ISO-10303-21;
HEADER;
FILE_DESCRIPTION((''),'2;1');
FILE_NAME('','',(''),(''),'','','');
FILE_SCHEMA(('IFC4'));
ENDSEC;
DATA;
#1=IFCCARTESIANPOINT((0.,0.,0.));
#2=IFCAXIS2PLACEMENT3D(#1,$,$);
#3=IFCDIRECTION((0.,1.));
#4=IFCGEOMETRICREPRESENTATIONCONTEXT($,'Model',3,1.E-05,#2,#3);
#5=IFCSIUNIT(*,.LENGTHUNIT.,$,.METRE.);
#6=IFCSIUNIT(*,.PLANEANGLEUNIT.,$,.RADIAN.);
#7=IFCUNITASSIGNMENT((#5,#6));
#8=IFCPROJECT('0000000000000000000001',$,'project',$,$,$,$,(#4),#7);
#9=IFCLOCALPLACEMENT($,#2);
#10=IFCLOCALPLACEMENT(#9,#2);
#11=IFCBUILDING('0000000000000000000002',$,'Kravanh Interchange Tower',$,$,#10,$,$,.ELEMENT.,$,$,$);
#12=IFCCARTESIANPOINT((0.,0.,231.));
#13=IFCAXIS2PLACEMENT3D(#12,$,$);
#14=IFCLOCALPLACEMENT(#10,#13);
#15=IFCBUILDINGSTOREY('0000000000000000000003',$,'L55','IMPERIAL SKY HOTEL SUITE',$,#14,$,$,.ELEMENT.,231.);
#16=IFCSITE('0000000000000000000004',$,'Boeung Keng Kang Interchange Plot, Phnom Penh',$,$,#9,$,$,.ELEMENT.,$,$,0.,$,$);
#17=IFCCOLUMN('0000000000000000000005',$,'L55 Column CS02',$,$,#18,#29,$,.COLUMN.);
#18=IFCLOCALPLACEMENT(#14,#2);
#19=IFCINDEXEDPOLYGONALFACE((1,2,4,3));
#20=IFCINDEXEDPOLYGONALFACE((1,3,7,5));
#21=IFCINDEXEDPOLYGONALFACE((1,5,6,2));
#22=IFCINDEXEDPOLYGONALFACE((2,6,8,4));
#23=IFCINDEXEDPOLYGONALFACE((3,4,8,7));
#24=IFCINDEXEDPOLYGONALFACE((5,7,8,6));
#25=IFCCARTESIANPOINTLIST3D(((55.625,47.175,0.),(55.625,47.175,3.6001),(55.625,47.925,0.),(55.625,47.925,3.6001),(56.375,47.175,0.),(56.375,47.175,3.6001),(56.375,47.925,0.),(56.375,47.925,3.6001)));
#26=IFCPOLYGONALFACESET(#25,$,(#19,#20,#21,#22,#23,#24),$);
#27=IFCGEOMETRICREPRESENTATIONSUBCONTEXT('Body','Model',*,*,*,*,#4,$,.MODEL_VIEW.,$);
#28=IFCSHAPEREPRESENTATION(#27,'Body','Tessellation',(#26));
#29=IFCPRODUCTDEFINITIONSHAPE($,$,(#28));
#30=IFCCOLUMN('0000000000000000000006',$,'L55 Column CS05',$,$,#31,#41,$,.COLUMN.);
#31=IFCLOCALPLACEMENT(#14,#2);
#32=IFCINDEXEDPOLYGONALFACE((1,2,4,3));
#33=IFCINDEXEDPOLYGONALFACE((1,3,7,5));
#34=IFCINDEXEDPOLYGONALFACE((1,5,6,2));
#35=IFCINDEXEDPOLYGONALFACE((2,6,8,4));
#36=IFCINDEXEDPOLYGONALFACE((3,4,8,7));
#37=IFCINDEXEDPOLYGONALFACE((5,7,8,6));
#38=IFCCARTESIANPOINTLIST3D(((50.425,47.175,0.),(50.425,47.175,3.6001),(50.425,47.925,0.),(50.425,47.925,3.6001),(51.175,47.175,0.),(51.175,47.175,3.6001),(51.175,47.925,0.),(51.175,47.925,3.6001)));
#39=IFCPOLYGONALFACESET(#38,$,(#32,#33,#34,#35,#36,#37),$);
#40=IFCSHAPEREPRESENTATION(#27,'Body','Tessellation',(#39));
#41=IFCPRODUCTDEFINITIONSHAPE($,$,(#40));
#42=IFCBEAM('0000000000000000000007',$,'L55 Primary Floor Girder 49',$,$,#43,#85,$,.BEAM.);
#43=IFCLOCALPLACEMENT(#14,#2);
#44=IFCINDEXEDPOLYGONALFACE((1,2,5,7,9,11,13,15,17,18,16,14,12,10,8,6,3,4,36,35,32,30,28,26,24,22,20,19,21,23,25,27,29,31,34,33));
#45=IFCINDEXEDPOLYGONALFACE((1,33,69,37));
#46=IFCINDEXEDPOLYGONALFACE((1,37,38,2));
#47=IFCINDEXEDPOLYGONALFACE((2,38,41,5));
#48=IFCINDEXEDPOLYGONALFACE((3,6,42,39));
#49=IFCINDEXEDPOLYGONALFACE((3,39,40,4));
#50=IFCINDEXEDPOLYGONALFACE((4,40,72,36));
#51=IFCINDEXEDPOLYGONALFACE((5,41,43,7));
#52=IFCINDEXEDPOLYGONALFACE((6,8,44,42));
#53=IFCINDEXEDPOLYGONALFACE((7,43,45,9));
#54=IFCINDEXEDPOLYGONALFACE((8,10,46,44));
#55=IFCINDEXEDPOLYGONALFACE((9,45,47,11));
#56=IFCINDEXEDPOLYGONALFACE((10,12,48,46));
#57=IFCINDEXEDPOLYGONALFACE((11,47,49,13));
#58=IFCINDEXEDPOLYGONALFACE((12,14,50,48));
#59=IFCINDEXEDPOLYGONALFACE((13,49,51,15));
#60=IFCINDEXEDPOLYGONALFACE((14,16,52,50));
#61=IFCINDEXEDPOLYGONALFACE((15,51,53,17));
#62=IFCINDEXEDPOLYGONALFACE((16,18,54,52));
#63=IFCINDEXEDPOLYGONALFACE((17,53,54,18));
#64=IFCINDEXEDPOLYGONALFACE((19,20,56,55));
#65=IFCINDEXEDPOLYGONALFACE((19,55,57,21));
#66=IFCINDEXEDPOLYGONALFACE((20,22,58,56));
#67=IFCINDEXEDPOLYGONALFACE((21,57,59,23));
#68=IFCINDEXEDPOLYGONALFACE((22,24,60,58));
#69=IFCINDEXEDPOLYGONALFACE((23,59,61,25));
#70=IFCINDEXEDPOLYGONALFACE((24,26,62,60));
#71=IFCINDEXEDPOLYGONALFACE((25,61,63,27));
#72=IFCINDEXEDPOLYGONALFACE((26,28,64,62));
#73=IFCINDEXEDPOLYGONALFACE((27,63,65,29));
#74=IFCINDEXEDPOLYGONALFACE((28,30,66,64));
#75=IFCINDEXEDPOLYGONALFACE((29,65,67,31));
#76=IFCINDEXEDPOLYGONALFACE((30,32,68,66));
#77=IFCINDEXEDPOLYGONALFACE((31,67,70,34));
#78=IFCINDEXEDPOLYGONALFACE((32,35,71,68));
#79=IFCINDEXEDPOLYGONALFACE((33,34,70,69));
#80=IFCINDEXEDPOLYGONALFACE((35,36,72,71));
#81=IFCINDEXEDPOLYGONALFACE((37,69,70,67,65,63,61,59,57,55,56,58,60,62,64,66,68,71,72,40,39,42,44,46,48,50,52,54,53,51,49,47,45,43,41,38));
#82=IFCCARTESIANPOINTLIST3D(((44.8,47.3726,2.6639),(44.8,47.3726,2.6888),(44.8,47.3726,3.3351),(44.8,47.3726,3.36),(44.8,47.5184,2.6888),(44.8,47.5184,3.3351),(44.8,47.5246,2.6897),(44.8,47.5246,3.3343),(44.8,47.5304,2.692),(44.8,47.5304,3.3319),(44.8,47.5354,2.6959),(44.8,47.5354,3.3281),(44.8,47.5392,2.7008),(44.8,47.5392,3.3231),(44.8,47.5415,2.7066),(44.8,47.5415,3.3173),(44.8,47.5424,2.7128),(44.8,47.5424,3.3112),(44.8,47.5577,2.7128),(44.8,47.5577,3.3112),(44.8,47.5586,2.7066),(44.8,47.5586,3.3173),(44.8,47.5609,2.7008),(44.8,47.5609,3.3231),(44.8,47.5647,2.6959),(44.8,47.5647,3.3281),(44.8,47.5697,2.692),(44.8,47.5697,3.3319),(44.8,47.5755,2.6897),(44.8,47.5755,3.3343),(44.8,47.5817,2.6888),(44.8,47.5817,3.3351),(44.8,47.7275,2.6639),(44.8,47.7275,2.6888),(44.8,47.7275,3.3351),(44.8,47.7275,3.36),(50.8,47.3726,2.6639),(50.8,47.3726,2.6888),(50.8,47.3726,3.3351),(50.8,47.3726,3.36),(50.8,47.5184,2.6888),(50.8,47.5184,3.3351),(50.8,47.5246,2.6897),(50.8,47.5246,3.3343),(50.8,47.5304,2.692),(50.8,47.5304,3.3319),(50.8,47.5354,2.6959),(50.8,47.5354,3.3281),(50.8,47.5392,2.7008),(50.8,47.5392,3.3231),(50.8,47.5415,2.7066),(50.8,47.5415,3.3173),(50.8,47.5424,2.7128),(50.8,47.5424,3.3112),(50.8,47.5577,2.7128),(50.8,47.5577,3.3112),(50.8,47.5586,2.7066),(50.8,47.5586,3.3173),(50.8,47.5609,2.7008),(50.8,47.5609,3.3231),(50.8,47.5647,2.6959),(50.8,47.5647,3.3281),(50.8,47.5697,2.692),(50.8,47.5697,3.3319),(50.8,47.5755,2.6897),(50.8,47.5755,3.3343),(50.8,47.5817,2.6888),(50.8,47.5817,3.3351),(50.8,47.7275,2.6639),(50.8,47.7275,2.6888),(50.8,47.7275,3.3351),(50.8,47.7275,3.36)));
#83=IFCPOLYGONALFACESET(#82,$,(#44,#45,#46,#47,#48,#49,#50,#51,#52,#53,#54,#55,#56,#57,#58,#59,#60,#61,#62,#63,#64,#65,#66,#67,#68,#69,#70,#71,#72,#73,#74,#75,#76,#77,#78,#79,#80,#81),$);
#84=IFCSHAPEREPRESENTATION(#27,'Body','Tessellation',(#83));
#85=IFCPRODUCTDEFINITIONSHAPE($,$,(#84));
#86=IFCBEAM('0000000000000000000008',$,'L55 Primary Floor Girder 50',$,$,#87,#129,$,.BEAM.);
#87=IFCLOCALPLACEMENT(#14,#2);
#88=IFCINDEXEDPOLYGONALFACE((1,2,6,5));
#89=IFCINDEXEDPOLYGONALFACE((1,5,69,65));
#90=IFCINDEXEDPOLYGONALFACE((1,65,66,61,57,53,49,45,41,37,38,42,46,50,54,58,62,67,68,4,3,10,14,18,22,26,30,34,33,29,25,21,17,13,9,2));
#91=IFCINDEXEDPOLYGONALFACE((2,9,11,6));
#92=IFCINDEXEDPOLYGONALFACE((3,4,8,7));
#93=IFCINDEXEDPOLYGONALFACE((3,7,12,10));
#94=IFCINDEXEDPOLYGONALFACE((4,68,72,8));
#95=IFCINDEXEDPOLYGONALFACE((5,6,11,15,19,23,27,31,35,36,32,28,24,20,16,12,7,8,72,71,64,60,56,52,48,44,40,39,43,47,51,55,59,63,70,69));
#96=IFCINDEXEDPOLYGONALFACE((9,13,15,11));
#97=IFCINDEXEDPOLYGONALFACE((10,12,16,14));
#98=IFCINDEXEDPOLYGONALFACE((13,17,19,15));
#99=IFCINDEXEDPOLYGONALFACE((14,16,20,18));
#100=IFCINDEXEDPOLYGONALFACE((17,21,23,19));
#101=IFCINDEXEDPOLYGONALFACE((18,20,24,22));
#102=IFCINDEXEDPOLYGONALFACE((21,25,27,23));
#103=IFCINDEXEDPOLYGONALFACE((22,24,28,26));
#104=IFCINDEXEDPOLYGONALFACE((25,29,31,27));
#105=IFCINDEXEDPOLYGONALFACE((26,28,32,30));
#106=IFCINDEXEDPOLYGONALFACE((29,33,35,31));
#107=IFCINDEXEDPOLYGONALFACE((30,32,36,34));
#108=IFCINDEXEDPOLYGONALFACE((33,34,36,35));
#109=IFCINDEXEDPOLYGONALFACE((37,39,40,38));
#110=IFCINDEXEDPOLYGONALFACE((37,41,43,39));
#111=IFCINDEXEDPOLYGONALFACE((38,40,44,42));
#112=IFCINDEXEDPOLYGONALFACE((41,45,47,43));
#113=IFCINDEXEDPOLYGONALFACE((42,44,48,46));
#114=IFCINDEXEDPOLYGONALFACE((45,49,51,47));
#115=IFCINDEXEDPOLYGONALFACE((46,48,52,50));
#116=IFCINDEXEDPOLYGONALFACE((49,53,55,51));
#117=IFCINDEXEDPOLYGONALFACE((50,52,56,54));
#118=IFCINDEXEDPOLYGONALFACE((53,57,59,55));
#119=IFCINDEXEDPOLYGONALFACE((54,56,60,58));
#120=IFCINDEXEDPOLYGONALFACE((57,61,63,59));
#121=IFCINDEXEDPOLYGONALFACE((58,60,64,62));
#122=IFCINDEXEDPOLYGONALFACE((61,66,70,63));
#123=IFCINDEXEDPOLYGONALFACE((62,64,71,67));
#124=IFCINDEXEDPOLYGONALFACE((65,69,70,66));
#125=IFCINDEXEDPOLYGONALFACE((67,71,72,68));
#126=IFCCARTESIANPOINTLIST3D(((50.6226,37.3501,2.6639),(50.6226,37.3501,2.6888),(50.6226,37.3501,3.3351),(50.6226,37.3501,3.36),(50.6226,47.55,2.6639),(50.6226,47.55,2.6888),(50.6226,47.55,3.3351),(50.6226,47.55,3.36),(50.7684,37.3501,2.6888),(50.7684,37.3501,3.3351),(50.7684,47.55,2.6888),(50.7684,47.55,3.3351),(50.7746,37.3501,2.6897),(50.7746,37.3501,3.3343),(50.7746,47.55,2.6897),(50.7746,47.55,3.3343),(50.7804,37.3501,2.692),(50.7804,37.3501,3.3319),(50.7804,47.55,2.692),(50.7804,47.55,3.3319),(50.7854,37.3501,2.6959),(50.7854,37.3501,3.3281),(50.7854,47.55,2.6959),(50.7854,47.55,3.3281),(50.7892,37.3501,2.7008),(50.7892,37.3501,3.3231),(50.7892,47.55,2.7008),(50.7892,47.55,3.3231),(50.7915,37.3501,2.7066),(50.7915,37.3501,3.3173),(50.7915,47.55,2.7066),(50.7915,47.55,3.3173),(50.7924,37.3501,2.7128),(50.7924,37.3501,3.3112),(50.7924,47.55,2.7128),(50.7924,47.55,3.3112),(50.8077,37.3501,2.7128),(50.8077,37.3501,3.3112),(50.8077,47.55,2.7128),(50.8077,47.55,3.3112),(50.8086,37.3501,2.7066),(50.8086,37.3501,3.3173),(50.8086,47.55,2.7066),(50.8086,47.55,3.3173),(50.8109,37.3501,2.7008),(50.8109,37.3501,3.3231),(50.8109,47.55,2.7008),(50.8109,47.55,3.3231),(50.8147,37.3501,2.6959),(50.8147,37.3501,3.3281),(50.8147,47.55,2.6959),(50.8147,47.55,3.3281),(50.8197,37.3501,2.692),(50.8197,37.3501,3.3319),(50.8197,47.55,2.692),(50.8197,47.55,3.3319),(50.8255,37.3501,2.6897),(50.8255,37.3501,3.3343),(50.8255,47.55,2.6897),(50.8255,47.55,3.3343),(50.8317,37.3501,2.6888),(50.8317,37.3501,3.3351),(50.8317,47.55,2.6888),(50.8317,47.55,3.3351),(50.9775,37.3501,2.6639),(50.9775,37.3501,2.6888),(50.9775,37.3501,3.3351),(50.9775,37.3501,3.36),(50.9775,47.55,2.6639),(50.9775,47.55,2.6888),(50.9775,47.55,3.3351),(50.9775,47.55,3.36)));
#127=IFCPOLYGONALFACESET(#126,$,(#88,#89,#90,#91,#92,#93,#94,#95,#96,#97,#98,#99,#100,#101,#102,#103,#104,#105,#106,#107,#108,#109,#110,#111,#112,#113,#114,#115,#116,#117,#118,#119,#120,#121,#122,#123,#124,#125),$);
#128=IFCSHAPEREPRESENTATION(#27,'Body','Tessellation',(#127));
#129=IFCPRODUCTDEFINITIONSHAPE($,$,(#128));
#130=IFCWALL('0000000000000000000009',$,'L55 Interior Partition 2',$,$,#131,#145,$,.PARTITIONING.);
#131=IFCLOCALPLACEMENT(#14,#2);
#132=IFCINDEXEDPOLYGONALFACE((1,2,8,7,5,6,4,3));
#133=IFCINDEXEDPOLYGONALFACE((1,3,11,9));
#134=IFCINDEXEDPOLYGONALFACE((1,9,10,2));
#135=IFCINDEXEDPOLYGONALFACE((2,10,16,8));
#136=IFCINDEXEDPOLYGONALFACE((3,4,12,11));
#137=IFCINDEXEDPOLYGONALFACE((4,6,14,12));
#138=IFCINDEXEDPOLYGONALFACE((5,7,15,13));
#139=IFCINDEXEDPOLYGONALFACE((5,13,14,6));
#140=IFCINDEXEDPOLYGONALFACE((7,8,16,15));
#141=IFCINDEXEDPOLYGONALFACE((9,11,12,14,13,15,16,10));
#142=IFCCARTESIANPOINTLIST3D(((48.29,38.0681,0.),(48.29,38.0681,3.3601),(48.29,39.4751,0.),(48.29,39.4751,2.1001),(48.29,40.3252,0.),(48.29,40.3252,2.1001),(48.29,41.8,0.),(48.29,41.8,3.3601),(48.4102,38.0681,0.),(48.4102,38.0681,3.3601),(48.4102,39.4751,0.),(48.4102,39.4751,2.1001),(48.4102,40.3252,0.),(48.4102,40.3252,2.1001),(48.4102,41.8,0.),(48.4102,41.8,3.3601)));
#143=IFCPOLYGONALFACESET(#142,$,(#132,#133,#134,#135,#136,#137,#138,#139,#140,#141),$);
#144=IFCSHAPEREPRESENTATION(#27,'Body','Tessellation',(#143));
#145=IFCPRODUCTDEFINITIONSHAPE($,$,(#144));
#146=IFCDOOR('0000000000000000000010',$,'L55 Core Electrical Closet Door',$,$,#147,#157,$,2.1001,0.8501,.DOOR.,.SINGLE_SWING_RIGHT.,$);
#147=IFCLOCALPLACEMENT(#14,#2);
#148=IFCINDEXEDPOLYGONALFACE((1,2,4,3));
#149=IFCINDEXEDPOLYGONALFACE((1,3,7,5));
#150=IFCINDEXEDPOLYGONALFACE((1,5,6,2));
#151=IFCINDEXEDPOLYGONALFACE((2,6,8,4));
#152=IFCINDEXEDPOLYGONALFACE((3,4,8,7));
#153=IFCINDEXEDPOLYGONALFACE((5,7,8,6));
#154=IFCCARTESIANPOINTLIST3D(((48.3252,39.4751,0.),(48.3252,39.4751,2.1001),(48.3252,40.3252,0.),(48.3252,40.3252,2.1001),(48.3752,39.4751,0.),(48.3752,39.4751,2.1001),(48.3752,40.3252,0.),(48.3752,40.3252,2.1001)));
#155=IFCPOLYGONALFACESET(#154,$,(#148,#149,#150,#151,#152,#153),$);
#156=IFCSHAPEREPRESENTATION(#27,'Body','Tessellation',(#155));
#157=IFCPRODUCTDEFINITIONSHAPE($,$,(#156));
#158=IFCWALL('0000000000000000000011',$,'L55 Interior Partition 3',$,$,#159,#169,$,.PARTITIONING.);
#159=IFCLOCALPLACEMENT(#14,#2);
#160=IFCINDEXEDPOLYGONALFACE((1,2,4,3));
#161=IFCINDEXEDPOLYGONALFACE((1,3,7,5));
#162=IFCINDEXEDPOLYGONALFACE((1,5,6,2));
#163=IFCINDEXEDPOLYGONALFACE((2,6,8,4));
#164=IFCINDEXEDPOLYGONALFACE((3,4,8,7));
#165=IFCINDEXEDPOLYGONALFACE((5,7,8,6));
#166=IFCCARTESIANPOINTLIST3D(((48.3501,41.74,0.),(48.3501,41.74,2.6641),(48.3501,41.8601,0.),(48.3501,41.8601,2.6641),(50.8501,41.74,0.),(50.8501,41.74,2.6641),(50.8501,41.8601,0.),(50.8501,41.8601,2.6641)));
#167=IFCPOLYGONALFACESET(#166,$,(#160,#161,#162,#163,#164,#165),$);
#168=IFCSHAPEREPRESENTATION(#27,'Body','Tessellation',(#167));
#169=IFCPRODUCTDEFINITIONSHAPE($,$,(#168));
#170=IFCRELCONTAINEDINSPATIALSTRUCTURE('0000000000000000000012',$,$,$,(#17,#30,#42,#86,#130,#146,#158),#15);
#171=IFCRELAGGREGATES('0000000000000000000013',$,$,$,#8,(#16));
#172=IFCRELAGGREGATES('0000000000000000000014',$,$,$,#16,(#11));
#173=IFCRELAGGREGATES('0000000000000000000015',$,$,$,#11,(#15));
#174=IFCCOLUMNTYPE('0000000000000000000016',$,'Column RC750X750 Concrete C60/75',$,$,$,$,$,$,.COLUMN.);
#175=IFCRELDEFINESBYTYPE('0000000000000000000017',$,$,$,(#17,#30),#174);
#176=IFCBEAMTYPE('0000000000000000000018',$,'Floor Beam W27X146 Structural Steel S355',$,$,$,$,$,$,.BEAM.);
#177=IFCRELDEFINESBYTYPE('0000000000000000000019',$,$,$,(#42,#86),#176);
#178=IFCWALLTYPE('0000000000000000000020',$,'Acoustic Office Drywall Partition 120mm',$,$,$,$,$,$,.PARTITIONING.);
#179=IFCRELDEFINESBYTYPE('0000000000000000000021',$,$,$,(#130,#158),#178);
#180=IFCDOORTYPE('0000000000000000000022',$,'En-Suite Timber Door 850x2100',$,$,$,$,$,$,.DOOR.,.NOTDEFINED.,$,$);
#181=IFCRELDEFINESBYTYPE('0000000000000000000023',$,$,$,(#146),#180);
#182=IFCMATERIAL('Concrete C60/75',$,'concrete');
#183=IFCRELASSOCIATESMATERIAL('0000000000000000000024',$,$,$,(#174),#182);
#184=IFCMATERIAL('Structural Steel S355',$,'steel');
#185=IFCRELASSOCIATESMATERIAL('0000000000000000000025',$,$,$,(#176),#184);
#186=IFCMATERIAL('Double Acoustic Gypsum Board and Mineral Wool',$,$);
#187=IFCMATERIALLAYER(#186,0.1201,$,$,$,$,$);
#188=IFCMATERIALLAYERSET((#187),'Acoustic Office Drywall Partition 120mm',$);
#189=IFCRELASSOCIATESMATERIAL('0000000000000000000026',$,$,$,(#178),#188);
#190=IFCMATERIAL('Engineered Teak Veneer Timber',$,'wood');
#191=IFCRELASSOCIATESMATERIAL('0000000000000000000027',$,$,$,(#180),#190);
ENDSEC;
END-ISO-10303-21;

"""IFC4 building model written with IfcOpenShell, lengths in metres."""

from ifc_helpers import new_model, si_unit, direction, frame, frame_2d, origin, origin_2d, place, context, subcontext, project, spatial, rectangle, i_section, extrude, material, layer, layer_set, material_profile, profile_set, type_object, element, fill, save


model = new_model("IFC4")

# Units and contexts
model_context = context("Model", 3, precision=1e-05, world=origin(), true_north=direction((0.0, 1.0)))
body_context = subcontext(model_context, "Body", "Model", "MODEL_VIEW")
ifc_project = project(units=[si_unit("LENGTHUNIT", "METRE"), si_unit("PLANEANGLEUNIT", "RADIAN")], contexts=[model_context])

# Site, building, storey
site_placement = place(None, origin())
site = spatial("IfcSite", under=ifc_project, at=site_placement, Name="Boeung Keng Kang Interchange Plot, Phnom Penh", CompositionType="ELEMENT", RefElevation=0.0)
building_placement = place(site_placement, origin())
building = spatial("IfcBuilding", under=site, at=building_placement, Name="Kravanh Interchange Tower", CompositionType="ELEMENT")
storey_placement = place(building_placement, frame((0.0, 0.0, 231.0)))
storey = spatial("IfcBuildingStorey", under=building, at=storey_placement, Name="L55", Description="IMPERIAL SKY HOTEL SUITE", CompositionType="ELEMENT", Elevation=231.0)

# Columns
ifc_material_1 = material(Name="Concrete C60/75", Category="concrete")
ifc_material_profile_1 = material_profile(ifc_material_1, rectangle(XDim=0.75, YDim=0.75, at=origin_2d()), Name="RC750X750")
ifc_profile_set_1 = profile_set([ifc_material_profile_1], Name="Concrete C60/75")
column_type = type_object("IfcColumnType", Name="Column RC750X750 Concrete C60/75", PredefinedType="COLUMN", material=ifc_profile_set_1)
for number, where, z_axis, x_axis, name in (
    (1, (56.0, 47.55, 0.0), (0.0, 0.0, 1.0), (1.0, 0.0, 0.0), "L55 Column CS02"),
    (2, (50.8, 47.55, 0.0), (0.0, 0.0, 1.0), (1.0, 0.0, 0.0), "L55 Column CS05"),
):
    element("IfcColumn", number, at=place(storey_placement, frame(where, z_axis=z_axis, x_axis=x_axis)), inside=storey, type_object=column_type, Name=name, PredefinedType="COLUMN", context=body_context, shape_type="SweptSolid", body=[
        extrude(rectangle(XDim=0.75, YDim=0.75, at=origin_2d()), origin(), (0.0, 0.0, 1.0), 3.6001),
    ])

# Beams
ifc_material_2 = material(Name="Structural Steel S355", Category="steel")
ifc_material_profile_2 = material_profile(ifc_material_2, i_section(OverallWidth=0.355, OverallDepth=0.696, WebThickness=0.0154, FlangeThickness=0.0249, FilletRadius=0.0239, at=origin_2d()), Name="W27X146")
ifc_profile_set_2 = profile_set([ifc_material_profile_2], Name="Structural Steel S355")
beam_type = type_object("IfcBeamType", Name="Floor Beam W27X146 Structural Steel S355", PredefinedType="BEAM", material=ifc_profile_set_2)
beam_1_placement = place(storey_placement, frame((50.8, 47.55, 3.012), z_axis=(-1.0, 0.0, 0.0), x_axis=(0.0, -1.0, 0.0)))
element("IfcBeam", 3, at=beam_1_placement, inside=storey, type_object=beam_type, Name="L55 Primary Floor Girder 49", PredefinedType="BEAM", context=body_context, shape_type="SweptSolid", body=[
    extrude(i_section(OverallWidth=0.355, OverallDepth=0.696, WebThickness=0.0154, FlangeThickness=0.0249, FilletRadius=0.0239, at=origin_2d()), origin(), (0.0, 0.0, 1.0), 6.0),
])
beam_2_placement = place(storey_placement, frame((50.8, 47.55, 3.012), z_axis=(0.0, -1.0, 0.0), x_axis=(1.0, 0.0, 0.0)))
element("IfcBeam", 4, at=beam_2_placement, inside=storey, type_object=beam_type, Name="L55 Primary Floor Girder 50", PredefinedType="BEAM", context=body_context, shape_type="SweptSolid", body=[
    extrude(i_section(OverallWidth=0.355, OverallDepth=0.696, WebThickness=0.0154, FlangeThickness=0.0249, FilletRadius=0.0239, at=origin_2d()), origin(), (0.0, 0.0, 1.0), 10.2),
])

# Wall, opening, door
ifc_material_3 = material(Name="Double Acoustic Gypsum Board and Mineral Wool")
ifc_layer_1 = layer(ifc_material_3, 0.1201)
ifc_layer_set_1 = layer_set([ifc_layer_1], Name="Acoustic Office Drywall Partition 120mm")
wall_type_1 = type_object("IfcWallType", Name="Acoustic Office Drywall Partition 120mm", PredefinedType="PARTITIONING", material=ifc_layer_set_1)
wall_1_placement = place(storey_placement, frame((48.3501, 38.0681, 0.0), z_axis=(0.0, 0.0, 1.0), x_axis=(0.0, 1.0, 0.0)))
wall_1 = element("IfcWall", 5, at=wall_1_placement, inside=storey, type_object=wall_type_1, Name="L55 Interior Partition 2", PredefinedType="PARTITIONING", context=body_context, shape_type="SweptSolid", body=[
    extrude(rectangle(XDim=3.7319, YDim=0.1201, at=frame_2d((1.866, 0.0))), origin(), (0.0, 0.0, 1.0), 3.3601),
])
opening_1_placement = place(wall_1_placement, frame((1.407, 0.0, 0.0)))
opening_1 = element("IfcOpeningElement", 6, at=opening_1_placement, cuts=wall_1, PredefinedType="OPENING", context=body_context, shape_type="SweptSolid", body=[
    extrude(rectangle(XDim=0.8501, YDim=2.1001, at=frame_2d((0.425, 1.05))), frame((0.0, 0.0701, 0.0), z_axis=(0.0, -1.0, 0.0), x_axis=(1.0, 0.0, 0.0)), (0.0, 0.0, 1.0), 0.1401),
])
ifc_material_4 = material(Name="Engineered Teak Veneer Timber", Category="wood")
door_type_1 = type_object("IfcDoorType", Name="En-Suite Timber Door 850x2100", OperationType="NOTDEFINED", PredefinedType="DOOR", material=ifc_material_4)
door_1_placement = place(opening_1_placement, origin())
door_1 = element("IfcDoor", 7, at=door_1_placement, inside=storey, type_object=door_type_1, Name="L55 Core Electrical Closet Door", OperationType="SINGLE_SWING_RIGHT", OverallHeight=2.1001, OverallWidth=0.8501, PredefinedType="DOOR", context=body_context, shape_type="SweptSolid", body=[
    extrude(rectangle(XDim=0.8501, YDim=2.1001, at=frame_2d((0.425, 1.05))), frame((0.0, 0.0249, 0.0), z_axis=(0.0, -1.0, 0.0), x_axis=(1.0, 0.0, 0.0)), (0.0, 0.0, 1.0), 0.05),
])
fill(opening_1, door_1)

# Wall
wall_2_placement = place(storey_placement, frame((48.3501, 41.8, 0.0), z_axis=(0.0, 0.0, 1.0), x_axis=(1.0, 0.0, 0.0)))
element("IfcWall", 8, at=wall_2_placement, inside=storey, type_object=wall_type_1, Name="L55 Interior Partition 3", PredefinedType="PARTITIONING", context=body_context, shape_type="SweptSolid", body=[
    extrude(rectangle(XDim=2.5, YDim=0.1201, at=frame_2d((1.25, 0.0))), origin(), (0.0, 0.0, 1.0), 2.6641),
])

save(model, "model.ifc")
